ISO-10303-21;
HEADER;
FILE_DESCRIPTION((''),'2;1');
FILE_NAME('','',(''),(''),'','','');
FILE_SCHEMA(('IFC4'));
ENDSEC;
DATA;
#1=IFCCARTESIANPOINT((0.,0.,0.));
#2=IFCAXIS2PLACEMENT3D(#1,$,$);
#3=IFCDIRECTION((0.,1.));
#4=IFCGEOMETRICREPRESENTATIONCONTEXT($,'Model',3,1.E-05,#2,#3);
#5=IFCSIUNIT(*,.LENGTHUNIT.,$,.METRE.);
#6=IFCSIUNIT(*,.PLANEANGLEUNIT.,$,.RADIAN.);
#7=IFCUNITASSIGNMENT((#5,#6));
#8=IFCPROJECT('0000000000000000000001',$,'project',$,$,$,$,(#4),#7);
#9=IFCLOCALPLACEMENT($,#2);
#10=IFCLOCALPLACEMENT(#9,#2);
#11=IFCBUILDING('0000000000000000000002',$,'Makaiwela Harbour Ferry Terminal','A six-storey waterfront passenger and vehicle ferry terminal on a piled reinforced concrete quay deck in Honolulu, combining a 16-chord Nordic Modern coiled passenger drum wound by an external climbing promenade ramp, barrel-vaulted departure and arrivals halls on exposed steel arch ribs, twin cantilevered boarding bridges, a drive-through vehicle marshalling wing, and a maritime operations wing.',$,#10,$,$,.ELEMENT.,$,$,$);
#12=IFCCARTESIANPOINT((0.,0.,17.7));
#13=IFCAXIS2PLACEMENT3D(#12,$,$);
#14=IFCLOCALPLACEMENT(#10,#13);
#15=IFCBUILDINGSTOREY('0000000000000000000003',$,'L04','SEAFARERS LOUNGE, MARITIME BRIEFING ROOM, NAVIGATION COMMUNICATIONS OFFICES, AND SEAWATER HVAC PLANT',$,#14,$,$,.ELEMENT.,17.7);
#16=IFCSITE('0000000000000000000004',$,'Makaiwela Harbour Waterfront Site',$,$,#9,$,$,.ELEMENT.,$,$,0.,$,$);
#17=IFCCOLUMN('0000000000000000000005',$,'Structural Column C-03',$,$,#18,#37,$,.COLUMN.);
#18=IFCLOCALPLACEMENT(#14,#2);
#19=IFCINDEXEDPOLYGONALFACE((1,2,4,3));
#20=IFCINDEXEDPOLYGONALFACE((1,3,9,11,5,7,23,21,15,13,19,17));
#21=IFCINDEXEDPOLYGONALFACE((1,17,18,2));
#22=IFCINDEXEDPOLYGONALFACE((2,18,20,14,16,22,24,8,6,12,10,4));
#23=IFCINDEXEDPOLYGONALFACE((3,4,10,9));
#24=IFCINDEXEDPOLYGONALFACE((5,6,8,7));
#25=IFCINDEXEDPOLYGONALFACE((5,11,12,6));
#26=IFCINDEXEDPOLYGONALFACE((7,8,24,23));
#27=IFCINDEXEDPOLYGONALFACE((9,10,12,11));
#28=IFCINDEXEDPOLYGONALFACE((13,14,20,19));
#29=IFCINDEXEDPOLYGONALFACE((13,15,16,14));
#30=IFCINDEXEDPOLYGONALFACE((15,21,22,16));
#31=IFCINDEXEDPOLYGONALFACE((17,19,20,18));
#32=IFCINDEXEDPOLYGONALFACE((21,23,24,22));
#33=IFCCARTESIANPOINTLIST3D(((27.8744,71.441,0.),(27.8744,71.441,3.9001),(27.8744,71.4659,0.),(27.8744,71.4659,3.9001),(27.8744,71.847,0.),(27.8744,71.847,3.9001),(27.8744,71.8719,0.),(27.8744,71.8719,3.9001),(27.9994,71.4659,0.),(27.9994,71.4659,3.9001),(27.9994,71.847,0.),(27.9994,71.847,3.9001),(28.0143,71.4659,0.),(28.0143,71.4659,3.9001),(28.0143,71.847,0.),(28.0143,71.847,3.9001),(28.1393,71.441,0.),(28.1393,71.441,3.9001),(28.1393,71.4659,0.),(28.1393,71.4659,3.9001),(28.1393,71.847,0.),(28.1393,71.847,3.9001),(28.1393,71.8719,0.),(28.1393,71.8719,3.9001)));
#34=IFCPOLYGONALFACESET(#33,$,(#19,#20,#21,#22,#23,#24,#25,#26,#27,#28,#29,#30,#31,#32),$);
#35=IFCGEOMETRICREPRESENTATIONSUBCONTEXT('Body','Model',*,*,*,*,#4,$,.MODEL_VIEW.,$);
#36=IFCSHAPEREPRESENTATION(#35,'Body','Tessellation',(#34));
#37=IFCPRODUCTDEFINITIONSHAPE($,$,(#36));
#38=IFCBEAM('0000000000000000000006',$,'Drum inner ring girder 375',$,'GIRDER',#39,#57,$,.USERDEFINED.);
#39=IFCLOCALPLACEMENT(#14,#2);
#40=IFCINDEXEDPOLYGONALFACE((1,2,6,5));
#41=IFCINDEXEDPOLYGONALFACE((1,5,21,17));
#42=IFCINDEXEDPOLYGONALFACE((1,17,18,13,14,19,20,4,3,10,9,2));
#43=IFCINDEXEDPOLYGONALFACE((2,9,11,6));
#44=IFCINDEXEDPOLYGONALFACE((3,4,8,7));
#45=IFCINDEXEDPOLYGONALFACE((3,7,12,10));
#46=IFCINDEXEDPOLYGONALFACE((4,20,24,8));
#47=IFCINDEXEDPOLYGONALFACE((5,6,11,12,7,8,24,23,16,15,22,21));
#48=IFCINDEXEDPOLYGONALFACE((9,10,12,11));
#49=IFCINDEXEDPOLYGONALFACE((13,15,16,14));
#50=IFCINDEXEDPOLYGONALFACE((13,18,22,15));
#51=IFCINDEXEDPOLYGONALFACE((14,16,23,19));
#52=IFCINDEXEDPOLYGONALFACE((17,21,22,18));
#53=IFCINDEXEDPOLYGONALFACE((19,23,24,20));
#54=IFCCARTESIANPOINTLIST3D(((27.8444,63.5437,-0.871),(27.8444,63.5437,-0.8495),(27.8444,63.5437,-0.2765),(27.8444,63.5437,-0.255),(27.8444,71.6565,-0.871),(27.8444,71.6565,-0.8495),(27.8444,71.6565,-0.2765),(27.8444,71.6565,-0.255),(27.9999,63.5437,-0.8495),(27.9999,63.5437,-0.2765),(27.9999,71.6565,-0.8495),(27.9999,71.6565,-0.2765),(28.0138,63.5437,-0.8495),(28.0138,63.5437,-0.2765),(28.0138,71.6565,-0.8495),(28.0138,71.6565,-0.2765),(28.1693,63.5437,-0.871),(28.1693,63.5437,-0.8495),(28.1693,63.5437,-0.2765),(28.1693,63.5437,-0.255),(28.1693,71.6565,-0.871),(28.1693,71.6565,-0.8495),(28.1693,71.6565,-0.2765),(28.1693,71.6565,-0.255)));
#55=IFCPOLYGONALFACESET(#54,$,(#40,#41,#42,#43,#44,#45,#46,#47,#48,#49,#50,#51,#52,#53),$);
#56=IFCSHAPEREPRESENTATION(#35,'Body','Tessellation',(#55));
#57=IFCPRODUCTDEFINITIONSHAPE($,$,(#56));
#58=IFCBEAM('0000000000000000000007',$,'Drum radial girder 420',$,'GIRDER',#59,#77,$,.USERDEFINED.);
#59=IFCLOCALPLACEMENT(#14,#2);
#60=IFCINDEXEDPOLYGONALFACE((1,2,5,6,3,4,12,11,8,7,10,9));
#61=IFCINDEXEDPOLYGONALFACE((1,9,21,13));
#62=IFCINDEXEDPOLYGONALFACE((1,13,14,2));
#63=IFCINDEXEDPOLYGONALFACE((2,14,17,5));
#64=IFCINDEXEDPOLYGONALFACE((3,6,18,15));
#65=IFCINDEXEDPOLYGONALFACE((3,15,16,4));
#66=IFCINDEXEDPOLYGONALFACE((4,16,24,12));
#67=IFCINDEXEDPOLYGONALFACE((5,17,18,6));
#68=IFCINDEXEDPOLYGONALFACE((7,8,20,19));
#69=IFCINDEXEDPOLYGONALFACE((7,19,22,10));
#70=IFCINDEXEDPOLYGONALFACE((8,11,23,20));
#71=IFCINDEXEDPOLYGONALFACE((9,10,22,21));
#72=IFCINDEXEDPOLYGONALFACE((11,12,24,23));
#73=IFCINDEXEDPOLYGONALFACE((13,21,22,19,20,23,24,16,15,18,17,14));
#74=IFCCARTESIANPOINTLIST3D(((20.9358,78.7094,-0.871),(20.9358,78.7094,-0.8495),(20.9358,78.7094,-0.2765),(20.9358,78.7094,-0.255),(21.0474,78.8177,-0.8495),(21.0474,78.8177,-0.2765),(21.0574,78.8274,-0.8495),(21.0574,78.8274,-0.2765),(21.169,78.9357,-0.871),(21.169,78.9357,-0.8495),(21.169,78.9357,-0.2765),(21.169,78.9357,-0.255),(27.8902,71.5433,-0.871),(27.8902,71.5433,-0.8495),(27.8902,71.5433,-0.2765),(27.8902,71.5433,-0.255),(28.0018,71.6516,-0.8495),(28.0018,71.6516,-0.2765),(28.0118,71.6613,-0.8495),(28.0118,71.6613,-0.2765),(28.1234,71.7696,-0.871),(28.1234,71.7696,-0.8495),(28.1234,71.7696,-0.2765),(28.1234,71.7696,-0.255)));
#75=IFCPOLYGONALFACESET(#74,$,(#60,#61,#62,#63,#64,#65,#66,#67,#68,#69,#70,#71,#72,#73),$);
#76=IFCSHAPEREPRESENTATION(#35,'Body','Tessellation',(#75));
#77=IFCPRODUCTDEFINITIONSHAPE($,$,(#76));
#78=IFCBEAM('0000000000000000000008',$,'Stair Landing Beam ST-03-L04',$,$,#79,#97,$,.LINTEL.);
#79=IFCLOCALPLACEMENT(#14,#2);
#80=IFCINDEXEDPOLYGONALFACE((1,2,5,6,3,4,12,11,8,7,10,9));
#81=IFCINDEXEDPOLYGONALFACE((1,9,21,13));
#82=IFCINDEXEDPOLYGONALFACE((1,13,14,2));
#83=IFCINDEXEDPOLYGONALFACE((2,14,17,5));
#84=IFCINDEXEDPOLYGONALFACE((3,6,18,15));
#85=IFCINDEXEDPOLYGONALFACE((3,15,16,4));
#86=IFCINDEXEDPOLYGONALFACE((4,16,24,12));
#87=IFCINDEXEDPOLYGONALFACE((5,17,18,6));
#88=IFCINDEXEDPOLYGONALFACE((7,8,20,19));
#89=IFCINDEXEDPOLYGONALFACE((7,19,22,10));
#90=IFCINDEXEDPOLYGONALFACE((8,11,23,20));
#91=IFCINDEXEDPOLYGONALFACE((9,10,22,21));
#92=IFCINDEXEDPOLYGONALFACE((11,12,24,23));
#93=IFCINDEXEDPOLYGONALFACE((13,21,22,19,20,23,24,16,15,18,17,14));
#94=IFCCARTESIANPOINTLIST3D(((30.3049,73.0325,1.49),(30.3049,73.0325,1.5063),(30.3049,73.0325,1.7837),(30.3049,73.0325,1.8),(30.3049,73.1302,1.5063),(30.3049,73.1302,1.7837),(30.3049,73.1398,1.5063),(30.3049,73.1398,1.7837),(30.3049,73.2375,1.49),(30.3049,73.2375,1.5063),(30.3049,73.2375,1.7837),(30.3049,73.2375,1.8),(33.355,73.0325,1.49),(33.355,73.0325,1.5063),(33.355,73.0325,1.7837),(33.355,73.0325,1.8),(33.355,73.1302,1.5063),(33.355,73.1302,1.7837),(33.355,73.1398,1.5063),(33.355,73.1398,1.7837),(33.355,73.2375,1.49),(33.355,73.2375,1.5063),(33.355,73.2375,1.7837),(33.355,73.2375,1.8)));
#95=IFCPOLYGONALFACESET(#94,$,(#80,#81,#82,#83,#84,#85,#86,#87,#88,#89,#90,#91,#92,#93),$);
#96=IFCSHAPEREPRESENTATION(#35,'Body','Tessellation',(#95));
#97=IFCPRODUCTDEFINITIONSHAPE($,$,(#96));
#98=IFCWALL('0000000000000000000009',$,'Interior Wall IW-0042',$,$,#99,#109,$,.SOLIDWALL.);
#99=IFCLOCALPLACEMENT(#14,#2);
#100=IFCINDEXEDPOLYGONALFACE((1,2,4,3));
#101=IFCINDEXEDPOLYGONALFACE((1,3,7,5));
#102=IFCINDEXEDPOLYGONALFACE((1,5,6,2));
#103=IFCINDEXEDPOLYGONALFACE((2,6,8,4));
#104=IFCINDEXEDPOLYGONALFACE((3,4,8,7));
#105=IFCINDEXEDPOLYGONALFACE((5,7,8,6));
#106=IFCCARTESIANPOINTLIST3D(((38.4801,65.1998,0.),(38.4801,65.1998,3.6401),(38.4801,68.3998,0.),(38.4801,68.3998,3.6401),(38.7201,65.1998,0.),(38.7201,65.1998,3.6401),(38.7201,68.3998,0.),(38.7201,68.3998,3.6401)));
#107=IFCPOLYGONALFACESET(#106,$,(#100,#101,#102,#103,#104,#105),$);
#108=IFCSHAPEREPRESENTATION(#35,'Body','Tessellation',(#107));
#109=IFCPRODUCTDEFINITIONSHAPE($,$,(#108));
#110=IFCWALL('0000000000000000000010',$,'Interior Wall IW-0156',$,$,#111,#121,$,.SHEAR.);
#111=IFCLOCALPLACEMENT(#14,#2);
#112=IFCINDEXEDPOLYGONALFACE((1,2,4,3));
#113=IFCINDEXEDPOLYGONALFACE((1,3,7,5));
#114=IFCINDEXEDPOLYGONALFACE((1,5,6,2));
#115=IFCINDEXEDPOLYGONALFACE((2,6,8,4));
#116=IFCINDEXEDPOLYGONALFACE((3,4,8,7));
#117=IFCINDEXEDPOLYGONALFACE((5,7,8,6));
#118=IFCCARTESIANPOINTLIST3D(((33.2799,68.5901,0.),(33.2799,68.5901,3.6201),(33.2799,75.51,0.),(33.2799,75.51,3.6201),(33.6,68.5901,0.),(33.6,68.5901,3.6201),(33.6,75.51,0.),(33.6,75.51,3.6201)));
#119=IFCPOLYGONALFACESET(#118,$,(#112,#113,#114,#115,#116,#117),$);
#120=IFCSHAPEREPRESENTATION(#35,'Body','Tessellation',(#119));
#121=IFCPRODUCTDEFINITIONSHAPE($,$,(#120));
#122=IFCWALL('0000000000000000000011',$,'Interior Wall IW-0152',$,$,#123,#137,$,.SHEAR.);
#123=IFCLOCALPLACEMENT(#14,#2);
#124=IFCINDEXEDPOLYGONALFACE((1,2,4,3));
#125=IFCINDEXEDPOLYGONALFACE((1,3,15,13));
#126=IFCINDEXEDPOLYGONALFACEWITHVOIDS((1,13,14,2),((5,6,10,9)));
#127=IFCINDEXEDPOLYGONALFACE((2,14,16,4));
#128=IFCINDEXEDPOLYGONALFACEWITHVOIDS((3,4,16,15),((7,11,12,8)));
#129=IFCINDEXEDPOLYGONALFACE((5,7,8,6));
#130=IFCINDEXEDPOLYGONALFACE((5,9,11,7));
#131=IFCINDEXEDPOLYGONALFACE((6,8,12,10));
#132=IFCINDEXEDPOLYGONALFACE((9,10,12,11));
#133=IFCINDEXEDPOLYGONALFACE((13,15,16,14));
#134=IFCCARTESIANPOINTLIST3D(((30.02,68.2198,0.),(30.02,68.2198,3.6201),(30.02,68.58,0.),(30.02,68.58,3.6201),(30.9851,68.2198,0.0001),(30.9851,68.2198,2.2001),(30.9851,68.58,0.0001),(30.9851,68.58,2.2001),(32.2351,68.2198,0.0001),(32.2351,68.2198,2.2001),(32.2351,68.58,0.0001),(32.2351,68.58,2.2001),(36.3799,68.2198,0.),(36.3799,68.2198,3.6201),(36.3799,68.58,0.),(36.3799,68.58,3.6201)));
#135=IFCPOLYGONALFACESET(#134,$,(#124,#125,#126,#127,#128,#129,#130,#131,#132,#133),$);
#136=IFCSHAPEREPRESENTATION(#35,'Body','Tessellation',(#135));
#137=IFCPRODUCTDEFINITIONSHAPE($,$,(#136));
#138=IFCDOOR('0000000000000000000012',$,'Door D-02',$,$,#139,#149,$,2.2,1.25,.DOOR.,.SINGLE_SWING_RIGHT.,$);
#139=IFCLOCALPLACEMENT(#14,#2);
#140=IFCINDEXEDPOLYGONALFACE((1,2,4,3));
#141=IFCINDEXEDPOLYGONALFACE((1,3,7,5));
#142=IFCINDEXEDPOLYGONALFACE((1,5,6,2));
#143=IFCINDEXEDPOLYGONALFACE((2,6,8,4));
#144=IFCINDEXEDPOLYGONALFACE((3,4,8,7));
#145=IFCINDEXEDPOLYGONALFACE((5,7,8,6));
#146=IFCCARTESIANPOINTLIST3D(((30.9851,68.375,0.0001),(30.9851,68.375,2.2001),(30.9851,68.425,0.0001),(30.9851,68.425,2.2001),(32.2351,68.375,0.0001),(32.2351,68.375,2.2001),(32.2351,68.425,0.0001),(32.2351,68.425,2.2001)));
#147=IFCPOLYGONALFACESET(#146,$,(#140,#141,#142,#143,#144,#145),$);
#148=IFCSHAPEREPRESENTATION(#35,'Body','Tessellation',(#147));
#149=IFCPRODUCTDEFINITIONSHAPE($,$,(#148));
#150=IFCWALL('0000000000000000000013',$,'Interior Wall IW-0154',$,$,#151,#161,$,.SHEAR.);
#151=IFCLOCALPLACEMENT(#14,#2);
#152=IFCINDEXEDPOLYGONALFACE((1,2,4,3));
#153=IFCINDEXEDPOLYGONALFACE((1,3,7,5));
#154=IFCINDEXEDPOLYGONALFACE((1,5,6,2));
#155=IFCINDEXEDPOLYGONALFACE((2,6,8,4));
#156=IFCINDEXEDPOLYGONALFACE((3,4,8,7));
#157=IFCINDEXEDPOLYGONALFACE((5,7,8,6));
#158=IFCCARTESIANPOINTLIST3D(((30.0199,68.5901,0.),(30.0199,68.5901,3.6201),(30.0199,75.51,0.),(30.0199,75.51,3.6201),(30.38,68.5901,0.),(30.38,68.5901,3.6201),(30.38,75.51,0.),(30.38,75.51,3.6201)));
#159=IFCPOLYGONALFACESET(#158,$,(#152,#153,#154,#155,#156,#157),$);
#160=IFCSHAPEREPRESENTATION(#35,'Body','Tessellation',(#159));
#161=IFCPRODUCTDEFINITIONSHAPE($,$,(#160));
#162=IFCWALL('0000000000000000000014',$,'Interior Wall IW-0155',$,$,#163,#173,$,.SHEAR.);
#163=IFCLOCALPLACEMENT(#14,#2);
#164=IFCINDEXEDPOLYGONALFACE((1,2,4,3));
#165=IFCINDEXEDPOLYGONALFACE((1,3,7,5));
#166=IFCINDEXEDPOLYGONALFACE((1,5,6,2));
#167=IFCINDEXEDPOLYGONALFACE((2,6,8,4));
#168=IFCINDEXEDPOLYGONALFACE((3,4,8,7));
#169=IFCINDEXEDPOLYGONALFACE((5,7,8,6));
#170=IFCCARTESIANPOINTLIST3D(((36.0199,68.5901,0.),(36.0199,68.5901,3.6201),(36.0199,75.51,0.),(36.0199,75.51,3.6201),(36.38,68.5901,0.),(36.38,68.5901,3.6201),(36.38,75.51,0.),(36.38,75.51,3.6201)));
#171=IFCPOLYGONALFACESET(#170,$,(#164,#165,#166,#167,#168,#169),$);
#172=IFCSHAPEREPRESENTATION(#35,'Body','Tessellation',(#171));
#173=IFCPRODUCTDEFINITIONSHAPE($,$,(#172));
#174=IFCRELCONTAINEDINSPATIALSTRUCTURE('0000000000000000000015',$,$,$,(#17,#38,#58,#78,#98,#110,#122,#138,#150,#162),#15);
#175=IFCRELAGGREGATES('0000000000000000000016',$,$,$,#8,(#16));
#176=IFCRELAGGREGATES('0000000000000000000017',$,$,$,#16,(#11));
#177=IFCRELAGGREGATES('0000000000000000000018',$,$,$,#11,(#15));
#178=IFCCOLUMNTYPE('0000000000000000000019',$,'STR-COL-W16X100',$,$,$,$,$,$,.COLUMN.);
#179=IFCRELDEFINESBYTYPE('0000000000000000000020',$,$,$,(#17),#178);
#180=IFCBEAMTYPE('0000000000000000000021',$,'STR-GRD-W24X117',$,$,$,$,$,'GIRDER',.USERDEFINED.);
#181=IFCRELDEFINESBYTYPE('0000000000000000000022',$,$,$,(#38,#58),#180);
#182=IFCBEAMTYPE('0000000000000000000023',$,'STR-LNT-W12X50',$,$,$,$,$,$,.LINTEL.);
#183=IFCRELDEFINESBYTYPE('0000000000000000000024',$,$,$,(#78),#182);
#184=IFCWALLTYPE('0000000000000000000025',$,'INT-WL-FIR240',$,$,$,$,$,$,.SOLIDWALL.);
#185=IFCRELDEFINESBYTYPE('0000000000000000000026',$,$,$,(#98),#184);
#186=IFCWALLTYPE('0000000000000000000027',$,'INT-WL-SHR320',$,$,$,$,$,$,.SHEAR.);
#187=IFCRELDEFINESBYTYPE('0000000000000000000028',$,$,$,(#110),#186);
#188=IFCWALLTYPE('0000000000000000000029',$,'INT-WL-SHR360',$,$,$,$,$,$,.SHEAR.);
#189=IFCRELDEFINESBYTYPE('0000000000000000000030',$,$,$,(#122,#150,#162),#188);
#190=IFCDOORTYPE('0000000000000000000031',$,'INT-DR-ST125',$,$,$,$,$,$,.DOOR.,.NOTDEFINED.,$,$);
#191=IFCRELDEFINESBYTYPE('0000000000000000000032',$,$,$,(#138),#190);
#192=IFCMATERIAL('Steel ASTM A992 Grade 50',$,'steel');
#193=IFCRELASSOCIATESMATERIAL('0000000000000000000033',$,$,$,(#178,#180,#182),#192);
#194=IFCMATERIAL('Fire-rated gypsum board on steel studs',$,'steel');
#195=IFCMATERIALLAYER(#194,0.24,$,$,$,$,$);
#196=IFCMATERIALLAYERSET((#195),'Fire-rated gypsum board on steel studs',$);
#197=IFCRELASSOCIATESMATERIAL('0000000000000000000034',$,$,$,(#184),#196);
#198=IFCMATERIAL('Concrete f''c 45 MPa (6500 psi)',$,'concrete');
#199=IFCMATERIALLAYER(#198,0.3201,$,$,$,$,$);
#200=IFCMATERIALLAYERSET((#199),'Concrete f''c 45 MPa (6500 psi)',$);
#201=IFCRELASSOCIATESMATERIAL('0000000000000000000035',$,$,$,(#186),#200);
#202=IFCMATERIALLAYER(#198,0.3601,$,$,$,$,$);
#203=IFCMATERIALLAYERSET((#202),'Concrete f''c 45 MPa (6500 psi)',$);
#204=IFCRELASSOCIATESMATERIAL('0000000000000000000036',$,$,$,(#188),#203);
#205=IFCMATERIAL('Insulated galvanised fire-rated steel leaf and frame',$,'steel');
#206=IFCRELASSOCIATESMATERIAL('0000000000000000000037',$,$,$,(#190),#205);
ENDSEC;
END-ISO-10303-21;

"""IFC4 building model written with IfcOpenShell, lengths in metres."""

from ifc_helpers import new_model, si_unit, direction, frame, frame_2d, origin, origin_2d, place, context, subcontext, project, spatial, rectangle, i_section, extrude, material, layer, layer_set, material_profile, profile_set, type_object, element, fill, save


model = new_model("IFC4")

# Units and contexts
model_context = context("Model", 3, precision=1e-05, world=origin(), true_north=direction((0.0, 1.0)))
body_context = subcontext(model_context, "Body", "Model", "MODEL_VIEW")
ifc_project = project(units=[si_unit("LENGTHUNIT", "METRE"), si_unit("PLANEANGLEUNIT", "RADIAN")], contexts=[model_context])

# Site, building, storey
site_placement = place(None, origin())
site = spatial("IfcSite", under=ifc_project, at=site_placement, Name="Makaiwela Harbour Waterfront Site", CompositionType="ELEMENT", RefElevation=0.0)
building_placement = place(site_placement, origin())
building = spatial("IfcBuilding", under=site, at=building_placement, Name="Makaiwela Harbour Ferry Terminal", Description="A six-storey waterfront passenger and vehicle ferry terminal on a piled reinforced concrete quay deck in Honolulu, combining a 16-chord Nordic Modern coiled passenger drum wound by an external climbing promenade ramp, barrel-vaulted departure and arrivals halls on exposed steel arch ribs, twin cantilevered boarding bridges, a drive-through vehicle marshalling wing, and a maritime operations wing.", CompositionType="ELEMENT")
storey_placement = place(building_placement, frame((0.0, 0.0, 17.7)))
storey = spatial("IfcBuildingStorey", under=building, at=storey_placement, Name="L04", Description="SEAFARERS LOUNGE, MARITIME BRIEFING ROOM, NAVIGATION COMMUNICATIONS OFFICES, AND SEAWATER HVAC PLANT", CompositionType="ELEMENT", Elevation=17.7)

# Column
ifc_material_1 = material(Name="Steel ASTM A992 Grade 50", Category="steel")
ifc_material_profile_1 = material_profile(ifc_material_1, i_section(OverallWidth=0.2649, OverallDepth=0.4309, WebThickness=0.0149, FlangeThickness=0.0249, at=origin_2d()), Name="W16X100")
ifc_profile_set_1 = profile_set([ifc_material_profile_1], Name="Steel ASTM A992 Grade 50")
column_type = type_object("IfcColumnType", Name="STR-COL-W16X100", PredefinedType="COLUMN", material=ifc_profile_set_1)
column_placement = place(storey_placement, frame((28.0068, 71.6565, 0.0), z_axis=(0.0, 0.0, 1.0), x_axis=(1.0, 0.0, 0.0)))
element("IfcColumn", 1, at=column_placement, inside=storey, type_object=column_type, Name="Structural Column C-03", PredefinedType="COLUMN", context=body_context, shape_type="SweptSolid", body=[
    extrude(i_section(OverallWidth=0.2649, OverallDepth=0.4309, WebThickness=0.0149, FlangeThickness=0.0249, at=origin_2d()), origin(), (0.0, 0.0, 1.0), 3.9001),
])

# Beams
ifc_material_profile_2 = material_profile(ifc_material_1, i_section(OverallWidth=0.325, OverallDepth=0.616, WebThickness=0.0139, FlangeThickness=0.0215, at=origin_2d()), Name="W24X117")
ifc_profile_set_2 = profile_set([ifc_material_profile_2], Name="Steel ASTM A992 Grade 50")
beam_type_1 = type_object("IfcBeamType", Name="STR-GRD-W24X117", ElementType="GIRDER", PredefinedType="USERDEFINED", material=ifc_profile_set_2)
beam_1_placement = place(storey_placement, frame((28.0068, 71.6565, -0.563), z_axis=(0.0, -1.0, 0.0), x_axis=(1.0, 0.0, 0.0)))
element("IfcBeam", 2, at=beam_1_placement, inside=storey, type_object=beam_type_1, Name="Drum inner ring girder 375", ObjectType="GIRDER", PredefinedType="USERDEFINED", context=body_context, shape_type="SweptSolid", body=[
    extrude(i_section(OverallWidth=0.325, OverallDepth=0.616, WebThickness=0.0139, FlangeThickness=0.0215, at=origin_2d()), origin(), (0.0, 0.0, 1.0), 8.1128),
])
beam_2_placement = place(storey_placement, frame((28.0068, 71.6565, -0.563), z_axis=(-0.696429, 0.717626, 0.0), x_axis=(-0.717626, -0.696429, 0.0)))
element("IfcBeam", 3, at=beam_2_placement, inside=storey, type_object=beam_type_1, Name="Drum radial girder 420", ObjectType="GIRDER", PredefinedType="USERDEFINED", context=body_context, shape_type="SweptSolid", body=[
    extrude(i_section(OverallWidth=0.325, OverallDepth=0.616, WebThickness=0.0139, FlangeThickness=0.0215, at=origin_2d()), origin(), (0.0, 0.0, 1.0), 9.9858),
])
ifc_material_profile_3 = material_profile(ifc_material_1, i_section(OverallWidth=0.2051, OverallDepth=0.3101, WebThickness=0.0095, FlangeThickness=0.0164, at=origin_2d()), Name="W12X50")
ifc_profile_set_3 = profile_set([ifc_material_profile_3], Name="Steel ASTM A992 Grade 50")
beam_type_2 = type_object("IfcBeamType", Name="STR-LNT-W12X50", PredefinedType="LINTEL", material=ifc_profile_set_3)
beam_3_placement = place(storey_placement, frame((30.3049, 73.135, 1.645), z_axis=(1.0, 0.0, 0.0), x_axis=(0.0, 1.0, 0.0)))
element("IfcBeam", 4, at=beam_3_placement, inside=storey, type_object=beam_type_2, Name="Stair Landing Beam ST-03-L04", PredefinedType="LINTEL", context=body_context, shape_type="SweptSolid", body=[
    extrude(i_section(OverallWidth=0.2051, OverallDepth=0.3101, WebThickness=0.0095, FlangeThickness=0.0164, at=origin_2d()), origin(), (0.0, 0.0, 1.0), 3.05),
])

# Walls
ifc_material_2 = material(Name="Fire-rated gypsum board on steel studs", Category="steel")
ifc_layer_1 = layer(ifc_material_2, 0.24)
ifc_layer_set_1 = layer_set([ifc_layer_1], Name="Fire-rated gypsum board on steel studs")
wall_type_1 = type_object("IfcWallType", Name="INT-WL-FIR240", PredefinedType="SOLIDWALL", material=ifc_layer_set_1)
wall_1_placement = place(storey_placement, frame((38.6001, 68.3999, 0.0), z_axis=(0.0, 0.0, 1.0), x_axis=(0.0, -1.0, 0.0)))
element("IfcWall", 5, at=wall_1_placement, inside=storey, type_object=wall_type_1, Name="Interior Wall IW-0042", PredefinedType="SOLIDWALL", context=body_context, shape_type="SweptSolid", body=[
    extrude(rectangle(XDim=3.2, YDim=0.24, at=frame_2d((1.6001, 0.0))), origin(), (0.0, 0.0, 1.0), 3.6401),
])
ifc_material_3 = material(Name="Concrete f'c 45 MPa (6500 psi)", Category="concrete")
ifc_layer_2 = layer(ifc_material_3, 0.3201)
ifc_layer_set_2 = layer_set([ifc_layer_2], Name="Concrete f'c 45 MPa (6500 psi)")
wall_type_2 = type_object("IfcWallType", Name="INT-WL-SHR320", PredefinedType="SHEAR", material=ifc_layer_set_2)
wall_2_placement = place(storey_placement, frame((33.4399, 68.5901, 0.0), z_axis=(0.0, 0.0, 1.0), x_axis=(0.0, 1.0, 0.0)))
element("IfcWall", 6, at=wall_2_placement, inside=storey, type_object=wall_type_2, Name="Interior Wall IW-0156", PredefinedType="SHEAR", context=body_context, shape_type="SweptSolid", body=[
    extrude(rectangle(XDim=6.9199, YDim=0.3201, at=frame_2d((3.46, 0.0))), origin(), (0.0, 0.0, 1.0), 3.6201),
])

# Wall, opening, door
ifc_layer_3 = layer(ifc_material_3, 0.3601)
ifc_layer_set_3 = layer_set([ifc_layer_3], Name="Concrete f'c 45 MPa (6500 psi)")
wall_type_3 = type_object("IfcWallType", Name="INT-WL-SHR360", PredefinedType="SHEAR", material=ifc_layer_set_3)
wall_3_placement = place(storey_placement, frame((30.02, 68.3999, 0.0), z_axis=(0.0, 0.0, 1.0), x_axis=(1.0, 0.0, 0.0)))
wall_3 = element("IfcWall", 7, at=wall_3_placement, inside=storey, type_object=wall_type_3, Name="Interior Wall IW-0152", PredefinedType="SHEAR", context=body_context, shape_type="SweptSolid", body=[
    extrude(rectangle(XDim=6.3599, YDim=0.3601, at=frame_2d((3.1799, 0.0))), origin(), (0.0, 0.0, 1.0), 3.6201),
])
opening_1_placement = place(wall_3_placement, frame((0.9651, 0.0, 0.0)))
opening_1 = element("IfcOpeningElement", 8, at=opening_1_placement, cuts=wall_3, PredefinedType="OPENING", context=body_context, shape_type="SweptSolid", body=[
    extrude(rectangle(XDim=1.25, YDim=2.2, at=frame_2d((0.625, 1.1001))), frame((0.0, 0.1899, 0.0), z_axis=(0.0, -1.0, 0.0), x_axis=(1.0, 0.0, 0.0)), (0.0, 0.0, 1.0), 0.3801),
])
ifc_material_4 = material(Name="Insulated galvanised fire-rated steel leaf and frame", Category="steel")
door_type_1 = type_object("IfcDoorType", Name="INT-DR-ST125", OperationType="NOTDEFINED", PredefinedType="DOOR", material=ifc_material_4)
door_1_placement = place(opening_1_placement, frame((1.25, 0.0, 0.0), z_axis=(0.0, 0.0, 1.0), x_axis=(-1.0, 0.0, 0.0)))
door_1 = element("IfcDoor", 9, at=door_1_placement, inside=storey, type_object=door_type_1, Name="Door D-02", OperationType="SINGLE_SWING_RIGHT", OverallHeight=2.2, OverallWidth=1.25, PredefinedType="DOOR", context=body_context, shape_type="SweptSolid", body=[
    extrude(rectangle(XDim=1.25, YDim=2.2, at=frame_2d((0.625, 1.1001))), frame((0.0, 0.0249, 0.0), z_axis=(0.0, -1.0, 0.0), x_axis=(1.0, 0.0, 0.0)), (0.0, 0.0, 1.0), 0.05),
])
fill(opening_1, door_1)

# Walls
for number, where, z_axis, x_axis, name in (
    (10, (30.2, 68.5901, 0.0), (0.0, 0.0, 1.0), (0.0, 1.0, 0.0), "Interior Wall IW-0154"),
    (11, (36.2, 68.5901, 0.0), (0.0, 0.0, 1.0), (0.0, 1.0, 0.0), "Interior Wall IW-0155"),
):
    element("IfcWall", number, at=place(storey_placement, frame(where, z_axis=z_axis, x_axis=x_axis)), inside=storey, type_object=wall_type_3, Name=name, PredefinedType="SHEAR", context=body_context, shape_type="SweptSolid", body=[
        extrude(rectangle(XDim=6.9199, YDim=0.3601, at=frame_2d((3.46, 0.0))), origin(), (0.0, 0.0, 1.0), 3.6201),
    ])

save(model, "model.ifc")
